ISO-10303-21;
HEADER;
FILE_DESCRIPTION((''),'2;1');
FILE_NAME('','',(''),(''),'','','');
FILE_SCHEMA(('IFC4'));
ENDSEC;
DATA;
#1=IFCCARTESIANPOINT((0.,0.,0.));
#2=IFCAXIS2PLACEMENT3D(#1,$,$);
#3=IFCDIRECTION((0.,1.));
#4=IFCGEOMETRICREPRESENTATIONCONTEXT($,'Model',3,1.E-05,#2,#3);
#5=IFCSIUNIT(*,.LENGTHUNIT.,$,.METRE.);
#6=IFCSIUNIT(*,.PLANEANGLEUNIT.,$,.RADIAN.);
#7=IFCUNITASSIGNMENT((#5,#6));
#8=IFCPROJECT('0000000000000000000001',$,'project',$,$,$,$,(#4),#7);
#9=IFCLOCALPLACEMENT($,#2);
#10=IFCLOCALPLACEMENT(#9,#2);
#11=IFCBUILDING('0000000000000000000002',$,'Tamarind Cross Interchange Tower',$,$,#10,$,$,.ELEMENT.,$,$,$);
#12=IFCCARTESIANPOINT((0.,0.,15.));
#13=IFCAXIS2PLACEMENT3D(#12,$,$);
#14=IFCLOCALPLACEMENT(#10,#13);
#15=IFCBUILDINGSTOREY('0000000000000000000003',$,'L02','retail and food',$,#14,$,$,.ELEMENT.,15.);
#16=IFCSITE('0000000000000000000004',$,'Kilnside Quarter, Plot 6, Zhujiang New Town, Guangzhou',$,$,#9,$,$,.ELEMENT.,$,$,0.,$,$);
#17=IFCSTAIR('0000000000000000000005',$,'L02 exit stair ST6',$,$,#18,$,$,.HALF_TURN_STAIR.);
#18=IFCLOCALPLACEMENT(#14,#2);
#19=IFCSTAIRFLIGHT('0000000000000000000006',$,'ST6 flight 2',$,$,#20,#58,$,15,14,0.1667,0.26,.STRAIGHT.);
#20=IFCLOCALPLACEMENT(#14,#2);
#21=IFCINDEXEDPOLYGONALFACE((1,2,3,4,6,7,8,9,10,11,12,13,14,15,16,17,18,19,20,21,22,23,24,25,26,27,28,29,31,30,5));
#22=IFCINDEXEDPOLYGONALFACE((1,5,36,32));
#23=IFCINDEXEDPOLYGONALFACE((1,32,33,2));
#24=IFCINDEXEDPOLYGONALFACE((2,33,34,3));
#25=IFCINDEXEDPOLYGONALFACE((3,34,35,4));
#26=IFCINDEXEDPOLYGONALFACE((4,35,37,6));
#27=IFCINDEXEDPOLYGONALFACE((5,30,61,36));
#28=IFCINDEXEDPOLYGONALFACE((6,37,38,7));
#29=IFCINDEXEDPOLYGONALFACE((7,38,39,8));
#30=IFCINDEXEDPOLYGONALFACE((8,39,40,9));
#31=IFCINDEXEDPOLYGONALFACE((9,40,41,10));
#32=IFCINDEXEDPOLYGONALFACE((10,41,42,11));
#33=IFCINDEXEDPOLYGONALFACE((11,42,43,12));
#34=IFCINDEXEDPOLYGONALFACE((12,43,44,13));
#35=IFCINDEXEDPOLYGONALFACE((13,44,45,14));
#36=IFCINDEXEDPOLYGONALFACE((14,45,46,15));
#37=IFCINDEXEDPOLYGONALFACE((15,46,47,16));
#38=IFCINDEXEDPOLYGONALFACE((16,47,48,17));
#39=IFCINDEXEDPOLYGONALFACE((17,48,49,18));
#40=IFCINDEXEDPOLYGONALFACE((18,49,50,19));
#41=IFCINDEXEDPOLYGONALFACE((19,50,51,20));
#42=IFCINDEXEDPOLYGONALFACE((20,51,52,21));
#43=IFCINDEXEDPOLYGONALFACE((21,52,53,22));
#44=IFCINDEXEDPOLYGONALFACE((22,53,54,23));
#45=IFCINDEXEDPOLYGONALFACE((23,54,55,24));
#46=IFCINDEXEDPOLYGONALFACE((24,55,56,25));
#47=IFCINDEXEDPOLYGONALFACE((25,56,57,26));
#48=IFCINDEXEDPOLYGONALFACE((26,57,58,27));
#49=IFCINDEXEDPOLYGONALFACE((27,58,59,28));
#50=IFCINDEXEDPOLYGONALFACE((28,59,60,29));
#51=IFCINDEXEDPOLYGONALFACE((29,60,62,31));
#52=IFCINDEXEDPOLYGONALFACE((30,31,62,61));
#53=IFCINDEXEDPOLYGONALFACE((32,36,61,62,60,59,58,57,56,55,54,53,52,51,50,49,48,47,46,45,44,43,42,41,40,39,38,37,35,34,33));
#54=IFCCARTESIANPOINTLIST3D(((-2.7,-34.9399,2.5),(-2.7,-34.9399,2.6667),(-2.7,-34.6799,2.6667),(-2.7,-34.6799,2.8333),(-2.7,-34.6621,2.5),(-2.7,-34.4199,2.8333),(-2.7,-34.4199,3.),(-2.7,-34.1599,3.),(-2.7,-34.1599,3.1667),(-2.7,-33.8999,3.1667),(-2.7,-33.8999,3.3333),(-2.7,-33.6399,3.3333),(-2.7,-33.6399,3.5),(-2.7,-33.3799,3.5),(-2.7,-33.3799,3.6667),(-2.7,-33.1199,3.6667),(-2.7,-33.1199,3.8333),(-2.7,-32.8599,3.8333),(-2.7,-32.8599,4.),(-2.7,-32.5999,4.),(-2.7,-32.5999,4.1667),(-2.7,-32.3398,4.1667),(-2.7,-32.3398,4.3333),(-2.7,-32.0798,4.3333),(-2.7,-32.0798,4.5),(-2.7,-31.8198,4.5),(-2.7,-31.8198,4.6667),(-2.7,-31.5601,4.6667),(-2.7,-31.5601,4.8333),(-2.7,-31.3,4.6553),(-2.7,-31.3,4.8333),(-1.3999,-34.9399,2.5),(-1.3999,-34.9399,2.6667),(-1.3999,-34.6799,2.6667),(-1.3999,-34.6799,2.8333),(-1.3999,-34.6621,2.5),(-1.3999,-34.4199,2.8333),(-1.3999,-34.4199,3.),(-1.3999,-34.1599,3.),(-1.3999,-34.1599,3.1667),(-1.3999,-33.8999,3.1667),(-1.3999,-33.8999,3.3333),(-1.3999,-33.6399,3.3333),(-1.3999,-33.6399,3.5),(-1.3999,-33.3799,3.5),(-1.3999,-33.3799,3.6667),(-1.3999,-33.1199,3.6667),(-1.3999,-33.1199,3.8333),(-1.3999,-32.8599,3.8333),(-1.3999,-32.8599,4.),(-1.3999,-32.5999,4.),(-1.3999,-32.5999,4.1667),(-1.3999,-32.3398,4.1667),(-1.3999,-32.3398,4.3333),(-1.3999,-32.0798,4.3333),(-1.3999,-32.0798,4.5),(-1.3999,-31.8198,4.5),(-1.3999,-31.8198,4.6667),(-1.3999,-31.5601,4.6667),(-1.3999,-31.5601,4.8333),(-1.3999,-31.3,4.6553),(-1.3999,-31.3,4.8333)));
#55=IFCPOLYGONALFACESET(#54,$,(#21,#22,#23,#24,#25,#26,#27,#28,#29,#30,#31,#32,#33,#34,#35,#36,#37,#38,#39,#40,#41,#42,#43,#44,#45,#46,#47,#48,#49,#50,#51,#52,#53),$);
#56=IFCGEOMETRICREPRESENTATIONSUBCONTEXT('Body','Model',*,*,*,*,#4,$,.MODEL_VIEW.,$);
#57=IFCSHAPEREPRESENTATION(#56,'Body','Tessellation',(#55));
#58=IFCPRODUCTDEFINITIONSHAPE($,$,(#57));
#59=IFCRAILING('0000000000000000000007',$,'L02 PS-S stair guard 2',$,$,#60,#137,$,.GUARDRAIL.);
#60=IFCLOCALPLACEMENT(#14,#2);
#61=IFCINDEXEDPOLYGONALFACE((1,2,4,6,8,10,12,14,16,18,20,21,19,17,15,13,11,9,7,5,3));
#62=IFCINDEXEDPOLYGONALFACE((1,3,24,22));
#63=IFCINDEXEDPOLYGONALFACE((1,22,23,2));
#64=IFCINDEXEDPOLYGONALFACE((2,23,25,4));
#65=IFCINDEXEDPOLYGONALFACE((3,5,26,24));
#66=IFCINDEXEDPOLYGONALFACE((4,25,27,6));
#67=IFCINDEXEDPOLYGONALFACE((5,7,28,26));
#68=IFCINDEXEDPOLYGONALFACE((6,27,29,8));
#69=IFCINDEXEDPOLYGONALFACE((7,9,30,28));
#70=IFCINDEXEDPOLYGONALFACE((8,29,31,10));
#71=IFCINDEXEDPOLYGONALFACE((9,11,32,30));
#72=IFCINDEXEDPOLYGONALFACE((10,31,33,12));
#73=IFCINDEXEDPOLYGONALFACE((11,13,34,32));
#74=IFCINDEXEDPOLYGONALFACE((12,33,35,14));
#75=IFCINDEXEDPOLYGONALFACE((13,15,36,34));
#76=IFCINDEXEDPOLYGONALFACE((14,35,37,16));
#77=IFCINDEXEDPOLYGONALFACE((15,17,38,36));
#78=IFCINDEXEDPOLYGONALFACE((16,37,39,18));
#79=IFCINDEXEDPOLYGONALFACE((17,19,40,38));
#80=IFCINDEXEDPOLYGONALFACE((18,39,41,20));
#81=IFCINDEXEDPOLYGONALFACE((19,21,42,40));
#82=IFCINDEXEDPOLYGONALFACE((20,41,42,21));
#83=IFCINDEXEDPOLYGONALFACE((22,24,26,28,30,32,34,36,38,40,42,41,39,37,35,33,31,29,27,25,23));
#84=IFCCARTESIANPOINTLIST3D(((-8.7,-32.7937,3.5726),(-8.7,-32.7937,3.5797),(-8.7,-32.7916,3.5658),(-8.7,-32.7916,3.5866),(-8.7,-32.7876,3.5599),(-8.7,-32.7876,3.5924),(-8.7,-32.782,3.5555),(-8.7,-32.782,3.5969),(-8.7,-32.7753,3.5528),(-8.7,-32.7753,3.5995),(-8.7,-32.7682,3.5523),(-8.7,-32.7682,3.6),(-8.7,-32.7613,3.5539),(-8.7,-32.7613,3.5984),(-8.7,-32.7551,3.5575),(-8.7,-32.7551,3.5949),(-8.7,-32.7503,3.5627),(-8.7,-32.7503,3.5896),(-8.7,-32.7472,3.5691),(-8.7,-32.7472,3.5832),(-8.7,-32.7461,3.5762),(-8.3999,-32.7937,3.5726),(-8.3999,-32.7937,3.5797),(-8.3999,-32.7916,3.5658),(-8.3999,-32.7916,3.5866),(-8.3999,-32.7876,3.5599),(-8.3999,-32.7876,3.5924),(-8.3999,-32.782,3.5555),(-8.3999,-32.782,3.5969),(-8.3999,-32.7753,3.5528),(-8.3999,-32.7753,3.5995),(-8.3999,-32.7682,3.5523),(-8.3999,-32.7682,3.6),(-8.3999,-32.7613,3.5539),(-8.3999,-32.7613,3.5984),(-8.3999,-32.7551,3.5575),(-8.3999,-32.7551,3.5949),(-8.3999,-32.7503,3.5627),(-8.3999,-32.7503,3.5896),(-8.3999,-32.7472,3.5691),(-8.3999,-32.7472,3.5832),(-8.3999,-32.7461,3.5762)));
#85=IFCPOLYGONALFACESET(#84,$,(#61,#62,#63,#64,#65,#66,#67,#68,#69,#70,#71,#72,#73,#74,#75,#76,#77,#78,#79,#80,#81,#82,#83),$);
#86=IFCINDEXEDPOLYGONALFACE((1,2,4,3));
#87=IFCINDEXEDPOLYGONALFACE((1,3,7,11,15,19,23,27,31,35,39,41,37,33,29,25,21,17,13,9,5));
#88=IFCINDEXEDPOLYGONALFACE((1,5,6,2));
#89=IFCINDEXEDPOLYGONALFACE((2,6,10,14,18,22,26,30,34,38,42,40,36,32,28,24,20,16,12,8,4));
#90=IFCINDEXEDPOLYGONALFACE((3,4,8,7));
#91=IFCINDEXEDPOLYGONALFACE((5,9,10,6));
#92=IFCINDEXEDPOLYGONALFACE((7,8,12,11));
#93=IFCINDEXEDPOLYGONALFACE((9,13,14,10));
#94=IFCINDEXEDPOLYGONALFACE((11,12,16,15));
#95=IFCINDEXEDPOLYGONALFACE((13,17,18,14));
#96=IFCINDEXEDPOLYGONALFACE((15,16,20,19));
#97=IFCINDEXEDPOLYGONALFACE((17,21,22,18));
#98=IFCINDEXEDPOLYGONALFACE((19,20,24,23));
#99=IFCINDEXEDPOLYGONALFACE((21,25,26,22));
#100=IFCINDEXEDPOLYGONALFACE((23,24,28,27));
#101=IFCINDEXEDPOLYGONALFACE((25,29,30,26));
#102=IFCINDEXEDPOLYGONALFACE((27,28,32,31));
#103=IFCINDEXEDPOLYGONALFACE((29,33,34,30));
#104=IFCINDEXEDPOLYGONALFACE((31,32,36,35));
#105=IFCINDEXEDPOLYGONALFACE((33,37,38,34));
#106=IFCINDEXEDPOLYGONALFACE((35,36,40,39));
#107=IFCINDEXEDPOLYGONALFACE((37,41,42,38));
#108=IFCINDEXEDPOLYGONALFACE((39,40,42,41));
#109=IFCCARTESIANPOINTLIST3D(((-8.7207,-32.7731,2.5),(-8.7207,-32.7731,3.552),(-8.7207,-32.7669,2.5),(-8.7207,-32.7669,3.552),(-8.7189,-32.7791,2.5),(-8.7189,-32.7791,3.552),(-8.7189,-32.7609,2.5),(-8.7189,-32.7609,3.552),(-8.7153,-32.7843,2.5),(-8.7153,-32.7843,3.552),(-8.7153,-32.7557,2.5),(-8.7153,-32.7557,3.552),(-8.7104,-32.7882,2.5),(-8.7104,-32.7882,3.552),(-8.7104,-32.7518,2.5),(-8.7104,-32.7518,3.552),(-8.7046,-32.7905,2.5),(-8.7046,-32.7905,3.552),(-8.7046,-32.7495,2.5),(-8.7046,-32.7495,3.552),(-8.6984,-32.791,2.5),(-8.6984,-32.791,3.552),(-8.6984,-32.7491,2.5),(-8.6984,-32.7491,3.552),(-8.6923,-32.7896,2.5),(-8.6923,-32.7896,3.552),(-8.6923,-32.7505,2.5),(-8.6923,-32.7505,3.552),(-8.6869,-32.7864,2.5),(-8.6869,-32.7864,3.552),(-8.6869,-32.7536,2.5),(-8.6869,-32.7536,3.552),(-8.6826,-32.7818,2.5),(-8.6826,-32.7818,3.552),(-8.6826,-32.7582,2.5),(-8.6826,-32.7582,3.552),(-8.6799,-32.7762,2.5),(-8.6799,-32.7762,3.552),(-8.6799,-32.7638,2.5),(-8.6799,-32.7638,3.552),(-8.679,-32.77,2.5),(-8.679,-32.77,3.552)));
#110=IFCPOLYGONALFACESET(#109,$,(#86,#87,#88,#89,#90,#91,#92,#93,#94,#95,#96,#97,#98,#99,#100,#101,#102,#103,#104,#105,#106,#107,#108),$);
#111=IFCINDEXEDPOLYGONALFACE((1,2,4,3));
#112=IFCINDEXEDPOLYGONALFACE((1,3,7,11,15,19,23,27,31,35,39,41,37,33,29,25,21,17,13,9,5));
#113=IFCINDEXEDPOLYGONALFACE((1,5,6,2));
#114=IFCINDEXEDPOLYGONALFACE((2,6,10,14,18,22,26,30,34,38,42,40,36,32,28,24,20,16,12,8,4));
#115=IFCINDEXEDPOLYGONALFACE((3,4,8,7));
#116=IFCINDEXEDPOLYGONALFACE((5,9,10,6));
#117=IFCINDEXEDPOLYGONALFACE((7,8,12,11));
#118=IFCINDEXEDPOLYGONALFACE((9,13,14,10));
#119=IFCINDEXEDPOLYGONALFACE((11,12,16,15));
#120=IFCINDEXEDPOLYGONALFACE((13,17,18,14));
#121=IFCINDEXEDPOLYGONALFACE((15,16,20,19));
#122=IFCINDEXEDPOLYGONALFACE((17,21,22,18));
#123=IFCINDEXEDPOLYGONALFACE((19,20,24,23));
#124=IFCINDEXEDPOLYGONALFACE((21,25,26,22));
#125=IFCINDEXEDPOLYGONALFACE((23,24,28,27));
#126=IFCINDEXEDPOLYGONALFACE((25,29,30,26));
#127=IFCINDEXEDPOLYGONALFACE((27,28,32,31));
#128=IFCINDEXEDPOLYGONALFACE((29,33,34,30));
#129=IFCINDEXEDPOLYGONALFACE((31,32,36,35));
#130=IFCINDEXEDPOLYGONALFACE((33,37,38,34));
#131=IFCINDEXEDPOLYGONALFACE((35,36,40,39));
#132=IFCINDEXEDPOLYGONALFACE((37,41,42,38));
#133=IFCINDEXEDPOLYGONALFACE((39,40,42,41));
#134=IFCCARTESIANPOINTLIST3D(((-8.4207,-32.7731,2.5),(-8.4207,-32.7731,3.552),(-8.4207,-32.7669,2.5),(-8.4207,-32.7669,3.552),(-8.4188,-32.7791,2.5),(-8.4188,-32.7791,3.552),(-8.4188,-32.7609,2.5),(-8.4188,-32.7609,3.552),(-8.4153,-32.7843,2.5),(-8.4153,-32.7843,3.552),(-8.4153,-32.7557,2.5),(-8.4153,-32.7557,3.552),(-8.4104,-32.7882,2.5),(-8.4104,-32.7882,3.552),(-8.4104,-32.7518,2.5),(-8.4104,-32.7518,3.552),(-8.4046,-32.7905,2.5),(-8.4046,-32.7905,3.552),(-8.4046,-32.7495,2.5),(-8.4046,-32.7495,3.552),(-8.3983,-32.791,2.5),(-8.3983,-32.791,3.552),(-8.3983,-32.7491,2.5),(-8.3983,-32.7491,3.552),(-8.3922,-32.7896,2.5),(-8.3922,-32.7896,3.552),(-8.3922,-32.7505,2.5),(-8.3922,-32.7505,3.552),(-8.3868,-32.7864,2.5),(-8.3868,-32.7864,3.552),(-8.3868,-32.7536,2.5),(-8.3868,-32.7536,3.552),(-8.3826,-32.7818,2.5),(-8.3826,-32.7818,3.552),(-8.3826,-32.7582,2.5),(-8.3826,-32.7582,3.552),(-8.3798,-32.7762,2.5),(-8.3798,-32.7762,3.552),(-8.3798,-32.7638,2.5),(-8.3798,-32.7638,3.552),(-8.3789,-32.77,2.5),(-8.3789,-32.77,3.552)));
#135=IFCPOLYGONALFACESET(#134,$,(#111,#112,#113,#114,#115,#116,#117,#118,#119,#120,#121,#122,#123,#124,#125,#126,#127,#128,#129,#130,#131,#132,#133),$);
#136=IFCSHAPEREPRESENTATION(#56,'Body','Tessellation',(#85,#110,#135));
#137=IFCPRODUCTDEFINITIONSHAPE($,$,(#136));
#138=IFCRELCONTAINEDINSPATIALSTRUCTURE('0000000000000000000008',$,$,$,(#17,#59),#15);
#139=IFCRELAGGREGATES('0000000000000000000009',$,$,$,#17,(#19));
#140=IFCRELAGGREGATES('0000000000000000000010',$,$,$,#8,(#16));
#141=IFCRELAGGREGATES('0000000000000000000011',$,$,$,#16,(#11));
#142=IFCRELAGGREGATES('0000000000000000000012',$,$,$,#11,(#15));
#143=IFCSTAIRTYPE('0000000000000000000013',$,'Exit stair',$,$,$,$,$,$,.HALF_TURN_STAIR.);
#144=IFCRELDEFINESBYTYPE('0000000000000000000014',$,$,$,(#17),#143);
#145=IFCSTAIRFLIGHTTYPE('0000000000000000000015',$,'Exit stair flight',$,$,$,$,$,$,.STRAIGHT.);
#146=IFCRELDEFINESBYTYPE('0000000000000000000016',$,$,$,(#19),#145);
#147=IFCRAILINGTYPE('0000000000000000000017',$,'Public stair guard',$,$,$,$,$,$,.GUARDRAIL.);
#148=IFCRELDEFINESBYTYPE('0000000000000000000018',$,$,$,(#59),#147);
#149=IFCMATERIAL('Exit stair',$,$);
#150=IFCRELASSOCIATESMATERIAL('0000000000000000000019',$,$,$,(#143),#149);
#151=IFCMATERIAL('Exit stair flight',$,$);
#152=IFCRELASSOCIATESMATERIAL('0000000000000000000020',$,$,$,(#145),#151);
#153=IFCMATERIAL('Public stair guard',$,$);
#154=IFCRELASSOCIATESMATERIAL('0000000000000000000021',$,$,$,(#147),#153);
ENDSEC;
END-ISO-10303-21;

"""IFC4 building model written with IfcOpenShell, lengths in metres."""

from ifc_helpers import new_model, si_unit, direction, frame, origin, origin_2d, place, context, subcontext, project, spatial, polyline, circle, outline, extrude, material, type_object, element, aggregate, save


model = new_model("IFC4")

# Units and contexts
model_context = context("Model", 3, precision=1e-05, world=origin(), true_north=direction((0.0, 1.0)))
body_context = subcontext(model_context, "Body", "Model", "MODEL_VIEW")
ifc_project = project(units=[si_unit("LENGTHUNIT", "METRE"), si_unit("PLANEANGLEUNIT", "RADIAN")], contexts=[model_context])

# Site, building, storey
site_placement = place(None, origin())
site = spatial("IfcSite", under=ifc_project, at=site_placement, Name="Kilnside Quarter, Plot 6, Zhujiang New Town, Guangzhou", CompositionType="ELEMENT", RefElevation=0.0)
building_placement = place(site_placement, origin())
building = spatial("IfcBuilding", under=site, at=building_placement, Name="Tamarind Cross Interchange Tower", CompositionType="ELEMENT")
storey_placement = place(building_placement, frame((0.0, 0.0, 15.0)))
storey = spatial("IfcBuildingStorey", under=building, at=storey_placement, Name="L02", Description="retail and food", CompositionType="ELEMENT", Elevation=15.0)

# Stair, stair flight
ifc_material_1 = material(Name="Exit stair")
stair_type = type_object("IfcStairType", Name="Exit stair", PredefinedType="HALF_TURN_STAIR", material=ifc_material_1)
stair_placement = place(storey_placement, origin())
stair = element("IfcStair", 1, at=stair_placement, inside=storey, type_object=stair_type, Name="L02 exit stair ST6", PredefinedType="HALF_TURN_STAIR")
ifc_material_2 = material(Name="Exit stair flight")
stair_flight_type = type_object("IfcStairFlightType", Name="Exit stair flight", PredefinedType="STRAIGHT", material=ifc_material_2)
stair_flight_placement = place(storey_placement, frame((-2.05, -34.9399, 2.5), z_axis=(0.0, 0.0, 1.0), x_axis=(0.0, 1.0, 0.0)))
stair_flight = element("IfcStairFlight", 2, at=stair_flight_placement, type_object=stair_flight_type, Name="ST6 flight 2", NumberOfRisers=15, NumberOfTreads=14, PredefinedType="STRAIGHT", RiserHeight=0.1667, TreadLength=0.26, context=body_context, shape_type="SweptSolid", body=[
    extrude(outline(polyline([(0.0, 0.0), (0.0, 0.1667), (0.26, 0.1667), (0.26, 0.3333), (0.52, 0.3333), (0.52, 0.5), (0.78, 0.5), (0.78, 0.6667), (1.04, 0.6667), (1.04, 0.8333), (1.3, 0.8333), (1.3, 1.0), (1.5601, 1.0), (1.5601, 1.1667), (1.8201, 1.1667), (1.8201, 1.3333), (2.0801, 1.3333), (2.0801, 1.5), (2.3401, 1.5), (2.3401, 1.6667), (2.6001, 1.6667), (2.6001, 1.8333), (2.8601, 1.8333), (2.8601, 2.0), (3.1201, 2.0), (3.1201, 2.1667), (3.3799, 2.1667), (3.3799, 2.3333), (3.6399, 2.3333), (3.6399, 2.5), (3.6399, 2.1553), (0.2778, 0.0), (0.0, 0.0)])), frame((0.0, 0.6499, 0.0), z_axis=(0.0, -1.0, 0.0), x_axis=(1.0, 0.0, 0.0)), (0.0, 0.0, 1.0), 1.3),
])
aggregate(stair, [stair_flight])

# Railing
ifc_material_3 = material(Name="Public stair guard")
railing_type_1 = type_object("IfcRailingType", Name="Public stair guard", PredefinedType="GUARDRAIL", material=ifc_material_3)
railing_1_placement = place(storey_placement, frame((-8.7, -32.77, 2.5)))
element("IfcRailing", 3, at=railing_1_placement, inside=storey, type_object=railing_type_1, Name="L02 PS-S stair guard 2", PredefinedType="GUARDRAIL", context=body_context, shape_type="SweptSolid", body=[
    extrude(circle(Radius=0.0239, at=origin_2d()), frame((0.0, 0.0, 1.0762), z_axis=(1.0, 0.0, 0.0), x_axis=(0.0, 1.0, 0.0)), (0.0, 0.0, 1.0), 0.3),
    extrude(circle(Radius=0.021, at=origin_2d()), origin(), (0.0, 0.0, 1.0), 1.052),
    extrude(circle(Radius=0.021, at=origin_2d()), frame((0.3, 0.0, 0.0)), (0.0, 0.0, 1.0), 1.052),
])

save(model, "model.ifc")
